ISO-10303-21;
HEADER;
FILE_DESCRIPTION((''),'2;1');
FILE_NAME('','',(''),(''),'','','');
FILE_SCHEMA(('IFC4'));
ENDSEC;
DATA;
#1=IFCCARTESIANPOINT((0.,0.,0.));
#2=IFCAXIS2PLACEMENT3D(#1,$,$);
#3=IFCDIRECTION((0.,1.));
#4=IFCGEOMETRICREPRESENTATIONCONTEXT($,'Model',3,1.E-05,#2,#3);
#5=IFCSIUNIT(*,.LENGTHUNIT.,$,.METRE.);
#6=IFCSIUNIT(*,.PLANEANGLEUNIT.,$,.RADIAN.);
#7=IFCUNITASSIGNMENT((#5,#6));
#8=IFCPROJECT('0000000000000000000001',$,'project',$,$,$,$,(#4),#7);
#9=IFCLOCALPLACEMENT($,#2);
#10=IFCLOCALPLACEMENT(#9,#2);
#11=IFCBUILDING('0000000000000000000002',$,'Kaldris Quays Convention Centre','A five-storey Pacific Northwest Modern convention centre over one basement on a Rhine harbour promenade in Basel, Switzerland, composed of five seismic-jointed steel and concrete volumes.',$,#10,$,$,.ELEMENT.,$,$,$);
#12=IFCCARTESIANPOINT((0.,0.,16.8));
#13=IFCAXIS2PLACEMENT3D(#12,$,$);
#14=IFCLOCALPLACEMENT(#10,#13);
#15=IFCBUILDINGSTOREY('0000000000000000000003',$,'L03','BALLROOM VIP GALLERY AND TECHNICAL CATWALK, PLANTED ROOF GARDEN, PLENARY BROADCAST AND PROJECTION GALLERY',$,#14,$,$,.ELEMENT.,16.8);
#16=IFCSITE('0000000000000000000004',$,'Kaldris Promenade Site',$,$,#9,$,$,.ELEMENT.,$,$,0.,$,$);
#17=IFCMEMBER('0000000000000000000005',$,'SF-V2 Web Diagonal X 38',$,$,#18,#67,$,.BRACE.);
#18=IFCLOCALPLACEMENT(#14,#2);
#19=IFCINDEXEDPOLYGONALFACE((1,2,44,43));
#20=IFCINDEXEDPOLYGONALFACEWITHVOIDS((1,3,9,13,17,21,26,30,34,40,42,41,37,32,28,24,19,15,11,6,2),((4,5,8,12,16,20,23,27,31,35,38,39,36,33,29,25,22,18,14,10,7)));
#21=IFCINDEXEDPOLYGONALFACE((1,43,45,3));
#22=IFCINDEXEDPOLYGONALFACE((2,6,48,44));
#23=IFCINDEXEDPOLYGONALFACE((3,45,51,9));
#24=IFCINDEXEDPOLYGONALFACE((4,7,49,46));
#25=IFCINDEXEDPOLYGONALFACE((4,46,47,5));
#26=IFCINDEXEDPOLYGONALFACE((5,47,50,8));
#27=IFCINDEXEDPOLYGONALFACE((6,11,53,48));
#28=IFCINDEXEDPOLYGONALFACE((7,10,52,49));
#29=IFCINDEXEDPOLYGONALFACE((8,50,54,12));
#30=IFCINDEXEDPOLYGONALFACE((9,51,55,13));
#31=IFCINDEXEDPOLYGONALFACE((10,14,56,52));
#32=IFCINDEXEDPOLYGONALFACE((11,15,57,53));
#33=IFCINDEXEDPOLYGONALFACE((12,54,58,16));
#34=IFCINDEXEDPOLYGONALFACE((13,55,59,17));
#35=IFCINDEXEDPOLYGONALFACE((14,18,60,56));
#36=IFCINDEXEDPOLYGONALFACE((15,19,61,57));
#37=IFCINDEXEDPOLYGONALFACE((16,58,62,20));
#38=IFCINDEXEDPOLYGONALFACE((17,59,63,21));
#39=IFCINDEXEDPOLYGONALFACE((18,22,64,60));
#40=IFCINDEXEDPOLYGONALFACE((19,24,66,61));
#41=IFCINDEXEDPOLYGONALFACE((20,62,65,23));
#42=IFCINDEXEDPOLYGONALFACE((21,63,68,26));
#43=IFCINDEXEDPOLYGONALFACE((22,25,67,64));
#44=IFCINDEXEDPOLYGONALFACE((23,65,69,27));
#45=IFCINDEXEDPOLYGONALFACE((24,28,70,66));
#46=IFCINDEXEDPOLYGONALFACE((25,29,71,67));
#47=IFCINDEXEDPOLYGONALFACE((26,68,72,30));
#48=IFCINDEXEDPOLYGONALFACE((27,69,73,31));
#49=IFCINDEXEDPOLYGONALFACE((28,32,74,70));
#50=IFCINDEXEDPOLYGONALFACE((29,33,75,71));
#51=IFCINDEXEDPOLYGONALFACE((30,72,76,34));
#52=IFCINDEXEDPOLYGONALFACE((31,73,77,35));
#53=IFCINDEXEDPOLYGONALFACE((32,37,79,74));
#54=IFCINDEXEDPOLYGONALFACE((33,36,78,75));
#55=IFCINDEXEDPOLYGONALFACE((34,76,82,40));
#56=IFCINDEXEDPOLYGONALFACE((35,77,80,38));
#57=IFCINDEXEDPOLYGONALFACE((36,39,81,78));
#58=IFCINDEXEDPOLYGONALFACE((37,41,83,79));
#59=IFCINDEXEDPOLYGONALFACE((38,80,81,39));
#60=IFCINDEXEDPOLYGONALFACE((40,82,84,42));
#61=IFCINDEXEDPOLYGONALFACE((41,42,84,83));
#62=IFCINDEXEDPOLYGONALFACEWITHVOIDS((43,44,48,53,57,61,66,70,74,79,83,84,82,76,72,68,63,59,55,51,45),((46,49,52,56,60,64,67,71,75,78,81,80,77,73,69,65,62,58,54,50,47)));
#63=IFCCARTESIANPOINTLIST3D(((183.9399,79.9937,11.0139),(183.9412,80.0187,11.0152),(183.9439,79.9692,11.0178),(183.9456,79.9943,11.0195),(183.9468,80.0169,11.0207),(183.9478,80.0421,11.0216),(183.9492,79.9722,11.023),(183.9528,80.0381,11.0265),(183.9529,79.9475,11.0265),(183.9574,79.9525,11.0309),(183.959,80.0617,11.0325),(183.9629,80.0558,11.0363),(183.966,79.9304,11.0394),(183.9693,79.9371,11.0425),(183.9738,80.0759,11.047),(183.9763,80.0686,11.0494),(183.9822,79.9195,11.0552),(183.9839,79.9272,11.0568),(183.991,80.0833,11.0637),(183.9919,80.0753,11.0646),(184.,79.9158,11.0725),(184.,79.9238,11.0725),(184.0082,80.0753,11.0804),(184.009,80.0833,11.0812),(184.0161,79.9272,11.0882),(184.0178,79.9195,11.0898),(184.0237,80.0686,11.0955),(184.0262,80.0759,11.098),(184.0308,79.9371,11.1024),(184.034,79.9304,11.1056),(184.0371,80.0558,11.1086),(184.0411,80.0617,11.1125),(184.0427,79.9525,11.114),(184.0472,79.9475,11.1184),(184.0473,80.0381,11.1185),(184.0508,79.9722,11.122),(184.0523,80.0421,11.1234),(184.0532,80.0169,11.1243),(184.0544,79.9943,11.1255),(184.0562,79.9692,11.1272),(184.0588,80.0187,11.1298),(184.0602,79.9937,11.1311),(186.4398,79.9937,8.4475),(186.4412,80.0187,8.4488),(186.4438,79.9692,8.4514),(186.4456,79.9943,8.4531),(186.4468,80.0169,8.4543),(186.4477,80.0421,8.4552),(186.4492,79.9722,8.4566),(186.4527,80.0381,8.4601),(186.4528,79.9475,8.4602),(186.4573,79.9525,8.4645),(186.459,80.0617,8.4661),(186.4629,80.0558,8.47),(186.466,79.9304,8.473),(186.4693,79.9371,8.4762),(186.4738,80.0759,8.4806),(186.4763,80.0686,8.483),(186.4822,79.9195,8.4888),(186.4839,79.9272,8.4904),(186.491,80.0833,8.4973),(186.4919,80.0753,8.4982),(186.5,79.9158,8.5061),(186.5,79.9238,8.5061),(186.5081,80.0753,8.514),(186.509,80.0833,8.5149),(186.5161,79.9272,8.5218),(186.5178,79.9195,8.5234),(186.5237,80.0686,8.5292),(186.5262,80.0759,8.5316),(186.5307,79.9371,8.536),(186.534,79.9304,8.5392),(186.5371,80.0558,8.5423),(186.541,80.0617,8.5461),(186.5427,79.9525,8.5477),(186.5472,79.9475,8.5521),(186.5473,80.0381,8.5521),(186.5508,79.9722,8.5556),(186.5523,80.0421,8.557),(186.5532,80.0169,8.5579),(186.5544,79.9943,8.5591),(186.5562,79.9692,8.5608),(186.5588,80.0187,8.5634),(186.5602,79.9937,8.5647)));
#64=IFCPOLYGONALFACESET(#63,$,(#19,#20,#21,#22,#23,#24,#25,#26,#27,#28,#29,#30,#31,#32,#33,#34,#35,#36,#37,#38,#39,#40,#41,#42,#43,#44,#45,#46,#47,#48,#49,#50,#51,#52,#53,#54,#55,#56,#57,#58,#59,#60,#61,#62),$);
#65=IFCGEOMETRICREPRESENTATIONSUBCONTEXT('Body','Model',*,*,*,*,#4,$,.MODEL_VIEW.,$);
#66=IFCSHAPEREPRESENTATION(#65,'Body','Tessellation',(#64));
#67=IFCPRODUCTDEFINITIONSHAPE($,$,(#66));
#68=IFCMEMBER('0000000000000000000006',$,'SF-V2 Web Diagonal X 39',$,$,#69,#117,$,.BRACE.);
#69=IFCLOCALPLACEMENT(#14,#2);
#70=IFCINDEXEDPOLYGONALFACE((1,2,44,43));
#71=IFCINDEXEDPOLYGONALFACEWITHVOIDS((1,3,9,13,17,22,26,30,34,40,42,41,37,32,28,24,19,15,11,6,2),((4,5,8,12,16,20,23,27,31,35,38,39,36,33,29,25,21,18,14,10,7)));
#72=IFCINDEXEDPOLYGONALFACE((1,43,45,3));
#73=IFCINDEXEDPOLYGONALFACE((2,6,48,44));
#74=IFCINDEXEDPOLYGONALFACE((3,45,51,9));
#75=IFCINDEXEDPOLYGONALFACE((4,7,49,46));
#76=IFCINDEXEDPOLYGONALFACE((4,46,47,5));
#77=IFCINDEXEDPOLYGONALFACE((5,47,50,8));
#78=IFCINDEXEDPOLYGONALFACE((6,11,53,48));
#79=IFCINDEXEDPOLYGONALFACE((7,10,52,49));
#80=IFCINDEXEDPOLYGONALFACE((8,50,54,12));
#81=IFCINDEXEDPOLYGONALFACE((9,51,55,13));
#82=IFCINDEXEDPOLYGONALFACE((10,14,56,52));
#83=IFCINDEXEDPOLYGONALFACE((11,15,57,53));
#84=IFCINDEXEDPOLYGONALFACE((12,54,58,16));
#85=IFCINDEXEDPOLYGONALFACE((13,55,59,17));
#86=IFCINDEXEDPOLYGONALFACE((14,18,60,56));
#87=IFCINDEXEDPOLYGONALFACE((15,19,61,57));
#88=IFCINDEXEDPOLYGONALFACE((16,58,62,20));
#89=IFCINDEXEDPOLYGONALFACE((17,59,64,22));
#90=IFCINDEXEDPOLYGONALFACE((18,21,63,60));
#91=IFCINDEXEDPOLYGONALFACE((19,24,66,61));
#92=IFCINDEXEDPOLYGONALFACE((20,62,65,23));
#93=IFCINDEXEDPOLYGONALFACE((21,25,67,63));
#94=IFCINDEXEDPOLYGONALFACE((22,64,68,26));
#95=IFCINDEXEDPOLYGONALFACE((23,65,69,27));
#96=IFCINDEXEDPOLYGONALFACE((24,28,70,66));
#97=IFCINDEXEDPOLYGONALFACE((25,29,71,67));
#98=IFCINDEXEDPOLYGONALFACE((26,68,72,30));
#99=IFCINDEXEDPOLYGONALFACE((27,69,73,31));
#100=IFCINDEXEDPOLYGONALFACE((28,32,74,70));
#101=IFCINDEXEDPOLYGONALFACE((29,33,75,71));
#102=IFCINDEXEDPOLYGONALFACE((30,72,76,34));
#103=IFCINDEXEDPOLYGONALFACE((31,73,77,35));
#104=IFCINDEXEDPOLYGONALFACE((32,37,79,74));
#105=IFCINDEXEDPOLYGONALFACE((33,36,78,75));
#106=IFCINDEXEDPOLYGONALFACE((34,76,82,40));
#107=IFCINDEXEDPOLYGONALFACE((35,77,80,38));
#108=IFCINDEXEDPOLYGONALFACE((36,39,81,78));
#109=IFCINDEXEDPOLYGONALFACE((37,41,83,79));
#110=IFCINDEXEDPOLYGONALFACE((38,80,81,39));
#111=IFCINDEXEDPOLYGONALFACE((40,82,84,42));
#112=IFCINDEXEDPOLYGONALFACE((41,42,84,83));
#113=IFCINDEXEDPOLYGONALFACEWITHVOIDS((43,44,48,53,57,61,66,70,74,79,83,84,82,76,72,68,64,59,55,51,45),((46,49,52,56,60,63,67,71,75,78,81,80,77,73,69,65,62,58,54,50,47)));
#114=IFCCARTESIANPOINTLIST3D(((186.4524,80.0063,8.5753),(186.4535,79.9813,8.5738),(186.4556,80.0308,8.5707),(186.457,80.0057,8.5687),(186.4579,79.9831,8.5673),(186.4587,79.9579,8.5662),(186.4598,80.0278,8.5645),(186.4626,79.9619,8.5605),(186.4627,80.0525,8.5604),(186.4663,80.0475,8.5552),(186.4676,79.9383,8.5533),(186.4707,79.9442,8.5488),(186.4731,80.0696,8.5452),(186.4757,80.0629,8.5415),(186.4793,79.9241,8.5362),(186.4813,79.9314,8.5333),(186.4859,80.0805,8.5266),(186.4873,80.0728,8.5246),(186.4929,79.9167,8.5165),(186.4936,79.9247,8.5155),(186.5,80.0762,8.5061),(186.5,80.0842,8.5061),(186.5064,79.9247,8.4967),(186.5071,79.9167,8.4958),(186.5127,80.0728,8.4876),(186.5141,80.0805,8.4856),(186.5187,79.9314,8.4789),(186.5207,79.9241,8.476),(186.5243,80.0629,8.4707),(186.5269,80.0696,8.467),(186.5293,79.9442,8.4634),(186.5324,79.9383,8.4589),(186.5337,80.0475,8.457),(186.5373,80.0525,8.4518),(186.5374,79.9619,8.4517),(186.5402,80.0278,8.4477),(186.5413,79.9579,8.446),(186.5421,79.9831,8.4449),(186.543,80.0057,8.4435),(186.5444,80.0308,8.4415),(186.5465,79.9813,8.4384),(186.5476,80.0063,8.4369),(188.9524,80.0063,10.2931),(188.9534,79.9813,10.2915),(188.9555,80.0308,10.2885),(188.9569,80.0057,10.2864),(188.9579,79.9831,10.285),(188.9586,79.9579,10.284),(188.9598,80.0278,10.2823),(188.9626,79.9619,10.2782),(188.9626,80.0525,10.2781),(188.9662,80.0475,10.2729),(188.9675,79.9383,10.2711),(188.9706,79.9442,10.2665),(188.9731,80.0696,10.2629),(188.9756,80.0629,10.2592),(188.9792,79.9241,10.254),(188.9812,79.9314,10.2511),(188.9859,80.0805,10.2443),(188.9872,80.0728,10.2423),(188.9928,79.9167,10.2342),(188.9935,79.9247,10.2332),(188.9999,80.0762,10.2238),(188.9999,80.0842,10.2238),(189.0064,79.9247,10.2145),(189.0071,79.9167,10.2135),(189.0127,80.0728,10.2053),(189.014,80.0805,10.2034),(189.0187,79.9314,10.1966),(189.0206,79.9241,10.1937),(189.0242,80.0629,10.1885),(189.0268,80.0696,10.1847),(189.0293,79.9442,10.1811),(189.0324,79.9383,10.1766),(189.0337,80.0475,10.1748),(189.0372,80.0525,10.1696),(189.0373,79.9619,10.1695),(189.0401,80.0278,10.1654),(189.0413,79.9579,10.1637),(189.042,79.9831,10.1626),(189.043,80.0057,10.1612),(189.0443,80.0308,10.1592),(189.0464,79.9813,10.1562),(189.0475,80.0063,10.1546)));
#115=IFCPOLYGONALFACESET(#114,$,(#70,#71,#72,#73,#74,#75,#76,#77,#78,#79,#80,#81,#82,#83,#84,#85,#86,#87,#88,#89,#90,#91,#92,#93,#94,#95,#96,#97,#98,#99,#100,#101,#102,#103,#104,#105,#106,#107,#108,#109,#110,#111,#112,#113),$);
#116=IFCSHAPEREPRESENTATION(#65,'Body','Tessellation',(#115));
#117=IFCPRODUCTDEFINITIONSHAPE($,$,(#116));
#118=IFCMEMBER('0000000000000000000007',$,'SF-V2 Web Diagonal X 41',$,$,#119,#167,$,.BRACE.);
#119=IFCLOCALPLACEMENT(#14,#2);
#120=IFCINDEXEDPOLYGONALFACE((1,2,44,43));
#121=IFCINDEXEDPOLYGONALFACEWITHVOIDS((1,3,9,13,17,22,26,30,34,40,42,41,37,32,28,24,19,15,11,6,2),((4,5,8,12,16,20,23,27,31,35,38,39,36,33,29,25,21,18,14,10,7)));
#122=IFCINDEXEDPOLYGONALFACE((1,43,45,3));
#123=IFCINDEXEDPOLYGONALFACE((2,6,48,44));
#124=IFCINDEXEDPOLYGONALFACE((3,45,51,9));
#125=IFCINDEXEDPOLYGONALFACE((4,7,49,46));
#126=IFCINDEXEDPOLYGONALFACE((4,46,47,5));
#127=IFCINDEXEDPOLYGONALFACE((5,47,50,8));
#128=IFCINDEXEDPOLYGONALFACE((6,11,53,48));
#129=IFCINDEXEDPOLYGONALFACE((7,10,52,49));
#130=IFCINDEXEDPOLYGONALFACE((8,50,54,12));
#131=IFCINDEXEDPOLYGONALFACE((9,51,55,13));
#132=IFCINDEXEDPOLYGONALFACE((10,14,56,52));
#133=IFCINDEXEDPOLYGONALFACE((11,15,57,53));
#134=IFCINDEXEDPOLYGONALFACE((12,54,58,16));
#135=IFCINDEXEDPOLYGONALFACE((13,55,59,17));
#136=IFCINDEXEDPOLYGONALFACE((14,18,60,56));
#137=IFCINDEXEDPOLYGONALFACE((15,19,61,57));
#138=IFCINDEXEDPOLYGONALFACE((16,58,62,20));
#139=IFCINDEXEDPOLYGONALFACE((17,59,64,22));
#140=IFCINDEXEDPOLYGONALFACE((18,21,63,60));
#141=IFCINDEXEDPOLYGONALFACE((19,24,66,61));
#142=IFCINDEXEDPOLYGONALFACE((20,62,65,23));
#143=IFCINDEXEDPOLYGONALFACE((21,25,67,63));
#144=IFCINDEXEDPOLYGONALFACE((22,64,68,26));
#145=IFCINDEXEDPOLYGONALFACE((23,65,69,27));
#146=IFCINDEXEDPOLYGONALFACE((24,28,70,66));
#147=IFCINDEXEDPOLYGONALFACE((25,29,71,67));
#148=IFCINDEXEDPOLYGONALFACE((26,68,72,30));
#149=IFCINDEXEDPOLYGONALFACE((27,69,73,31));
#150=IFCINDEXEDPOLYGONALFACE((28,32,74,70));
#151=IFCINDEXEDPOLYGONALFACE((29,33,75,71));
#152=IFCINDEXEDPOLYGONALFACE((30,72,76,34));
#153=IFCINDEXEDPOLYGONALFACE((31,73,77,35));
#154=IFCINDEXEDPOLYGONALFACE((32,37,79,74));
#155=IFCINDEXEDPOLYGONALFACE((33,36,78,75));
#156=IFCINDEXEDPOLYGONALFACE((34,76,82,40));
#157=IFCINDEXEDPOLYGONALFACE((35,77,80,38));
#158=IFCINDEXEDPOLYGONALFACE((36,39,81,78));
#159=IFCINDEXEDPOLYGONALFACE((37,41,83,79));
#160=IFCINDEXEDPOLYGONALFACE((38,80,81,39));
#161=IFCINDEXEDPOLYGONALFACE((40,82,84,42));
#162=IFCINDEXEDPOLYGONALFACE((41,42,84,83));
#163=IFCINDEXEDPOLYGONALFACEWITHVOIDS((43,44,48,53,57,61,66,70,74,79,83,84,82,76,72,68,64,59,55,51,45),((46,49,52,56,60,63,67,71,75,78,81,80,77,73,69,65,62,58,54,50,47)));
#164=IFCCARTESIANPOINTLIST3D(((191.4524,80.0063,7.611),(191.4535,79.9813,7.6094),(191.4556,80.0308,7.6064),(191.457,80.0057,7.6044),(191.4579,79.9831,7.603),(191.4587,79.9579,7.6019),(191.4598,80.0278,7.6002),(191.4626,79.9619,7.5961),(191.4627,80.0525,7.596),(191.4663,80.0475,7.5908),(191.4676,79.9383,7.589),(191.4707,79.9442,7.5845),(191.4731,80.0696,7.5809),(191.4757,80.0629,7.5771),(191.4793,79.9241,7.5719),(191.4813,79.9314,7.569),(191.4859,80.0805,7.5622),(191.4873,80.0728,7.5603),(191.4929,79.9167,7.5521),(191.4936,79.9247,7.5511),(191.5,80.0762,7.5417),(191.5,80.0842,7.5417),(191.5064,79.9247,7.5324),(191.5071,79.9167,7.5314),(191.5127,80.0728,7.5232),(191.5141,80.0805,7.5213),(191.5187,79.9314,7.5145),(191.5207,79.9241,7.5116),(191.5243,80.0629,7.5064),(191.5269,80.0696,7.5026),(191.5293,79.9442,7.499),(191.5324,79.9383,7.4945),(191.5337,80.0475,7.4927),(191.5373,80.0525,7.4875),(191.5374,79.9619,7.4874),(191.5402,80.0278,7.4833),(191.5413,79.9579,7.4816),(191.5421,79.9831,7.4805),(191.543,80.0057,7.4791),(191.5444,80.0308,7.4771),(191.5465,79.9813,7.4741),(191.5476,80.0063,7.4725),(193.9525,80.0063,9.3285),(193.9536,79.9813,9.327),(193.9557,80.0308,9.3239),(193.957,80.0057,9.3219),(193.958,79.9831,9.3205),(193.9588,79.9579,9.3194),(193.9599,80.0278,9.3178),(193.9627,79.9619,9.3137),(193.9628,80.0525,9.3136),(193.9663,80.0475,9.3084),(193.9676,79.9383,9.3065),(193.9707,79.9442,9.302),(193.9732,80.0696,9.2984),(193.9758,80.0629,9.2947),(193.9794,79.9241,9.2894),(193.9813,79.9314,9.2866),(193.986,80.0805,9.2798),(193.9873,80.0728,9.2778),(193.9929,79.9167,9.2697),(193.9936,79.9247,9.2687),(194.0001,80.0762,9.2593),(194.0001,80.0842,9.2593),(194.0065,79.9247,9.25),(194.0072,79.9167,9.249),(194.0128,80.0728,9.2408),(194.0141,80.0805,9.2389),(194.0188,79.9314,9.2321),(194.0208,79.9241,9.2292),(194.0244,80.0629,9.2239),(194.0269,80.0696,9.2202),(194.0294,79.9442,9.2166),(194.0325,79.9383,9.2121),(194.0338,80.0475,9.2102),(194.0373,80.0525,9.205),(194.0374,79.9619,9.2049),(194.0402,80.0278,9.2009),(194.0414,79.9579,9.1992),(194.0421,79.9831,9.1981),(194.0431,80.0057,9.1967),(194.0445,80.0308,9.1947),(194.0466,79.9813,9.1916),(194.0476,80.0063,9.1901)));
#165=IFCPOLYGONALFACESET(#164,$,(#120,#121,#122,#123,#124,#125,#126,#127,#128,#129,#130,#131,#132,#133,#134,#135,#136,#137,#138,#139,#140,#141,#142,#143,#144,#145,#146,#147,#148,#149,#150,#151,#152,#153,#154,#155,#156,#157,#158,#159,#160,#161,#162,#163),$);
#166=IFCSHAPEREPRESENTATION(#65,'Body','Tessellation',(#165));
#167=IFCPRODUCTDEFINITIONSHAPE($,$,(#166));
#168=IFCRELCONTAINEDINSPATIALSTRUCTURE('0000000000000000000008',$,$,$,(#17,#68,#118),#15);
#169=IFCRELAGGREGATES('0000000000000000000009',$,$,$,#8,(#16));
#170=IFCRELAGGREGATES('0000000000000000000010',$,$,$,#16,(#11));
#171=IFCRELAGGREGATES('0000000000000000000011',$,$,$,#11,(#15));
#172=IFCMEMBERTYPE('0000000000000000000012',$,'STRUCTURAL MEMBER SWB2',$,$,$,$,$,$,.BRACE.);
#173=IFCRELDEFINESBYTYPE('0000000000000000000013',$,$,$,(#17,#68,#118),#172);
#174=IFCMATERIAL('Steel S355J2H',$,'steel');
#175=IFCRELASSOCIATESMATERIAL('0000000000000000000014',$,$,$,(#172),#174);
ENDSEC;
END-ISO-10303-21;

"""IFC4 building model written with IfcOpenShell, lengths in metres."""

from ifc_helpers import new_model, si_unit, direction, frame, origin, origin_2d, place, context, subcontext, project, spatial, hollow_circle, extrude, material, material_profile, profile_set, type_object, element, save


model = new_model("IFC4")

# Units and contexts
model_context = context("Model", 3, precision=1e-05, world=origin(), true_north=direction((0.0, 1.0)))
body_context = subcontext(model_context, "Body", "Model", "MODEL_VIEW")
ifc_project = project(units=[si_unit("LENGTHUNIT", "METRE"), si_unit("PLANEANGLEUNIT", "RADIAN")], contexts=[model_context])

# Site, building, storey
site_placement = place(None, origin())
site = spatial("IfcSite", under=ifc_project, at=site_placement, Name="Kaldris Promenade Site", CompositionType="ELEMENT", RefElevation=0.0)
building_placement = place(site_placement, origin())
building = spatial("IfcBuilding", under=site, at=building_placement, Name="Kaldris Quays Convention Centre", Description="A five-storey Pacific Northwest Modern convention centre over one basement on a Rhine harbour promenade in Basel, Switzerland, composed of five seismic-jointed steel and concrete volumes.", CompositionType="ELEMENT")
storey_placement = place(building_placement, frame((0.0, 0.0, 16.8)))
storey = spatial("IfcBuildingStorey", under=building, at=storey_placement, Name="L03", Description="BALLROOM VIP GALLERY AND TECHNICAL CATWALK, PLANTED ROOF GARDEN, PLENARY BROADCAST AND PROJECTION GALLERY", CompositionType="ELEMENT", Elevation=16.8)

# Members
ifc_material_1 = material(Name="Steel S355J2H", Category="steel")
ifc_material_profile_1 = material_profile(ifc_material_1, hollow_circle(Radius=0.0842, WallThickness=0.0081, at=origin_2d()), Name="CHS 168.3x8")
ifc_profile_set_1 = profile_set([ifc_material_profile_1], Name="Steel S355J2H")
member_type_1 = type_object("IfcMemberType", Name="STRUCTURAL MEMBER SWB2", PredefinedType="BRACE", material=ifc_profile_set_1)
member_1_placement = place(storey_placement, frame((186.5, 80.0, 8.5061), z_axis=(-0.697779, 0.0, 0.716313), x_axis=(0.0, -1.0, 0.0)))
element("IfcMember", 1, at=member_1_placement, inside=storey, type_object=member_type_1, Name="SF-V2 Web Diagonal X 38", PredefinedType="BRACE", context=body_context, shape_type="SweptSolid", body=[
    extrude(hollow_circle(Radius=0.0842, WallThickness=0.0081, at=origin_2d()), origin(), (0.0, 0.0, 1.0), 3.5828),
])
for number, where, z_axis, x_axis, name in (
    (2, (186.5, 80.0, 8.5061), (0.824192, 0.0, 0.56631), (0.0, 1.0, 0.0), "SF-V2 Web Diagonal X 39"),
    (3, (191.5, 80.0, 7.5417), (0.82423, 0.0, 0.566256), (0.0, 1.0, 0.0), "SF-V2 Web Diagonal X 41"),
):
    element("IfcMember", number, at=place(storey_placement, frame(where, z_axis=z_axis, x_axis=x_axis)), inside=storey, type_object=member_type_1, Name=name, PredefinedType="BRACE", context=body_context, shape_type="SweptSolid", body=[
        extrude(hollow_circle(Radius=0.0842, WallThickness=0.0081, at=origin_2d()), origin(), (0.0, 0.0, 1.0), 3.0332),
    ])

save(model, "model.ifc")
